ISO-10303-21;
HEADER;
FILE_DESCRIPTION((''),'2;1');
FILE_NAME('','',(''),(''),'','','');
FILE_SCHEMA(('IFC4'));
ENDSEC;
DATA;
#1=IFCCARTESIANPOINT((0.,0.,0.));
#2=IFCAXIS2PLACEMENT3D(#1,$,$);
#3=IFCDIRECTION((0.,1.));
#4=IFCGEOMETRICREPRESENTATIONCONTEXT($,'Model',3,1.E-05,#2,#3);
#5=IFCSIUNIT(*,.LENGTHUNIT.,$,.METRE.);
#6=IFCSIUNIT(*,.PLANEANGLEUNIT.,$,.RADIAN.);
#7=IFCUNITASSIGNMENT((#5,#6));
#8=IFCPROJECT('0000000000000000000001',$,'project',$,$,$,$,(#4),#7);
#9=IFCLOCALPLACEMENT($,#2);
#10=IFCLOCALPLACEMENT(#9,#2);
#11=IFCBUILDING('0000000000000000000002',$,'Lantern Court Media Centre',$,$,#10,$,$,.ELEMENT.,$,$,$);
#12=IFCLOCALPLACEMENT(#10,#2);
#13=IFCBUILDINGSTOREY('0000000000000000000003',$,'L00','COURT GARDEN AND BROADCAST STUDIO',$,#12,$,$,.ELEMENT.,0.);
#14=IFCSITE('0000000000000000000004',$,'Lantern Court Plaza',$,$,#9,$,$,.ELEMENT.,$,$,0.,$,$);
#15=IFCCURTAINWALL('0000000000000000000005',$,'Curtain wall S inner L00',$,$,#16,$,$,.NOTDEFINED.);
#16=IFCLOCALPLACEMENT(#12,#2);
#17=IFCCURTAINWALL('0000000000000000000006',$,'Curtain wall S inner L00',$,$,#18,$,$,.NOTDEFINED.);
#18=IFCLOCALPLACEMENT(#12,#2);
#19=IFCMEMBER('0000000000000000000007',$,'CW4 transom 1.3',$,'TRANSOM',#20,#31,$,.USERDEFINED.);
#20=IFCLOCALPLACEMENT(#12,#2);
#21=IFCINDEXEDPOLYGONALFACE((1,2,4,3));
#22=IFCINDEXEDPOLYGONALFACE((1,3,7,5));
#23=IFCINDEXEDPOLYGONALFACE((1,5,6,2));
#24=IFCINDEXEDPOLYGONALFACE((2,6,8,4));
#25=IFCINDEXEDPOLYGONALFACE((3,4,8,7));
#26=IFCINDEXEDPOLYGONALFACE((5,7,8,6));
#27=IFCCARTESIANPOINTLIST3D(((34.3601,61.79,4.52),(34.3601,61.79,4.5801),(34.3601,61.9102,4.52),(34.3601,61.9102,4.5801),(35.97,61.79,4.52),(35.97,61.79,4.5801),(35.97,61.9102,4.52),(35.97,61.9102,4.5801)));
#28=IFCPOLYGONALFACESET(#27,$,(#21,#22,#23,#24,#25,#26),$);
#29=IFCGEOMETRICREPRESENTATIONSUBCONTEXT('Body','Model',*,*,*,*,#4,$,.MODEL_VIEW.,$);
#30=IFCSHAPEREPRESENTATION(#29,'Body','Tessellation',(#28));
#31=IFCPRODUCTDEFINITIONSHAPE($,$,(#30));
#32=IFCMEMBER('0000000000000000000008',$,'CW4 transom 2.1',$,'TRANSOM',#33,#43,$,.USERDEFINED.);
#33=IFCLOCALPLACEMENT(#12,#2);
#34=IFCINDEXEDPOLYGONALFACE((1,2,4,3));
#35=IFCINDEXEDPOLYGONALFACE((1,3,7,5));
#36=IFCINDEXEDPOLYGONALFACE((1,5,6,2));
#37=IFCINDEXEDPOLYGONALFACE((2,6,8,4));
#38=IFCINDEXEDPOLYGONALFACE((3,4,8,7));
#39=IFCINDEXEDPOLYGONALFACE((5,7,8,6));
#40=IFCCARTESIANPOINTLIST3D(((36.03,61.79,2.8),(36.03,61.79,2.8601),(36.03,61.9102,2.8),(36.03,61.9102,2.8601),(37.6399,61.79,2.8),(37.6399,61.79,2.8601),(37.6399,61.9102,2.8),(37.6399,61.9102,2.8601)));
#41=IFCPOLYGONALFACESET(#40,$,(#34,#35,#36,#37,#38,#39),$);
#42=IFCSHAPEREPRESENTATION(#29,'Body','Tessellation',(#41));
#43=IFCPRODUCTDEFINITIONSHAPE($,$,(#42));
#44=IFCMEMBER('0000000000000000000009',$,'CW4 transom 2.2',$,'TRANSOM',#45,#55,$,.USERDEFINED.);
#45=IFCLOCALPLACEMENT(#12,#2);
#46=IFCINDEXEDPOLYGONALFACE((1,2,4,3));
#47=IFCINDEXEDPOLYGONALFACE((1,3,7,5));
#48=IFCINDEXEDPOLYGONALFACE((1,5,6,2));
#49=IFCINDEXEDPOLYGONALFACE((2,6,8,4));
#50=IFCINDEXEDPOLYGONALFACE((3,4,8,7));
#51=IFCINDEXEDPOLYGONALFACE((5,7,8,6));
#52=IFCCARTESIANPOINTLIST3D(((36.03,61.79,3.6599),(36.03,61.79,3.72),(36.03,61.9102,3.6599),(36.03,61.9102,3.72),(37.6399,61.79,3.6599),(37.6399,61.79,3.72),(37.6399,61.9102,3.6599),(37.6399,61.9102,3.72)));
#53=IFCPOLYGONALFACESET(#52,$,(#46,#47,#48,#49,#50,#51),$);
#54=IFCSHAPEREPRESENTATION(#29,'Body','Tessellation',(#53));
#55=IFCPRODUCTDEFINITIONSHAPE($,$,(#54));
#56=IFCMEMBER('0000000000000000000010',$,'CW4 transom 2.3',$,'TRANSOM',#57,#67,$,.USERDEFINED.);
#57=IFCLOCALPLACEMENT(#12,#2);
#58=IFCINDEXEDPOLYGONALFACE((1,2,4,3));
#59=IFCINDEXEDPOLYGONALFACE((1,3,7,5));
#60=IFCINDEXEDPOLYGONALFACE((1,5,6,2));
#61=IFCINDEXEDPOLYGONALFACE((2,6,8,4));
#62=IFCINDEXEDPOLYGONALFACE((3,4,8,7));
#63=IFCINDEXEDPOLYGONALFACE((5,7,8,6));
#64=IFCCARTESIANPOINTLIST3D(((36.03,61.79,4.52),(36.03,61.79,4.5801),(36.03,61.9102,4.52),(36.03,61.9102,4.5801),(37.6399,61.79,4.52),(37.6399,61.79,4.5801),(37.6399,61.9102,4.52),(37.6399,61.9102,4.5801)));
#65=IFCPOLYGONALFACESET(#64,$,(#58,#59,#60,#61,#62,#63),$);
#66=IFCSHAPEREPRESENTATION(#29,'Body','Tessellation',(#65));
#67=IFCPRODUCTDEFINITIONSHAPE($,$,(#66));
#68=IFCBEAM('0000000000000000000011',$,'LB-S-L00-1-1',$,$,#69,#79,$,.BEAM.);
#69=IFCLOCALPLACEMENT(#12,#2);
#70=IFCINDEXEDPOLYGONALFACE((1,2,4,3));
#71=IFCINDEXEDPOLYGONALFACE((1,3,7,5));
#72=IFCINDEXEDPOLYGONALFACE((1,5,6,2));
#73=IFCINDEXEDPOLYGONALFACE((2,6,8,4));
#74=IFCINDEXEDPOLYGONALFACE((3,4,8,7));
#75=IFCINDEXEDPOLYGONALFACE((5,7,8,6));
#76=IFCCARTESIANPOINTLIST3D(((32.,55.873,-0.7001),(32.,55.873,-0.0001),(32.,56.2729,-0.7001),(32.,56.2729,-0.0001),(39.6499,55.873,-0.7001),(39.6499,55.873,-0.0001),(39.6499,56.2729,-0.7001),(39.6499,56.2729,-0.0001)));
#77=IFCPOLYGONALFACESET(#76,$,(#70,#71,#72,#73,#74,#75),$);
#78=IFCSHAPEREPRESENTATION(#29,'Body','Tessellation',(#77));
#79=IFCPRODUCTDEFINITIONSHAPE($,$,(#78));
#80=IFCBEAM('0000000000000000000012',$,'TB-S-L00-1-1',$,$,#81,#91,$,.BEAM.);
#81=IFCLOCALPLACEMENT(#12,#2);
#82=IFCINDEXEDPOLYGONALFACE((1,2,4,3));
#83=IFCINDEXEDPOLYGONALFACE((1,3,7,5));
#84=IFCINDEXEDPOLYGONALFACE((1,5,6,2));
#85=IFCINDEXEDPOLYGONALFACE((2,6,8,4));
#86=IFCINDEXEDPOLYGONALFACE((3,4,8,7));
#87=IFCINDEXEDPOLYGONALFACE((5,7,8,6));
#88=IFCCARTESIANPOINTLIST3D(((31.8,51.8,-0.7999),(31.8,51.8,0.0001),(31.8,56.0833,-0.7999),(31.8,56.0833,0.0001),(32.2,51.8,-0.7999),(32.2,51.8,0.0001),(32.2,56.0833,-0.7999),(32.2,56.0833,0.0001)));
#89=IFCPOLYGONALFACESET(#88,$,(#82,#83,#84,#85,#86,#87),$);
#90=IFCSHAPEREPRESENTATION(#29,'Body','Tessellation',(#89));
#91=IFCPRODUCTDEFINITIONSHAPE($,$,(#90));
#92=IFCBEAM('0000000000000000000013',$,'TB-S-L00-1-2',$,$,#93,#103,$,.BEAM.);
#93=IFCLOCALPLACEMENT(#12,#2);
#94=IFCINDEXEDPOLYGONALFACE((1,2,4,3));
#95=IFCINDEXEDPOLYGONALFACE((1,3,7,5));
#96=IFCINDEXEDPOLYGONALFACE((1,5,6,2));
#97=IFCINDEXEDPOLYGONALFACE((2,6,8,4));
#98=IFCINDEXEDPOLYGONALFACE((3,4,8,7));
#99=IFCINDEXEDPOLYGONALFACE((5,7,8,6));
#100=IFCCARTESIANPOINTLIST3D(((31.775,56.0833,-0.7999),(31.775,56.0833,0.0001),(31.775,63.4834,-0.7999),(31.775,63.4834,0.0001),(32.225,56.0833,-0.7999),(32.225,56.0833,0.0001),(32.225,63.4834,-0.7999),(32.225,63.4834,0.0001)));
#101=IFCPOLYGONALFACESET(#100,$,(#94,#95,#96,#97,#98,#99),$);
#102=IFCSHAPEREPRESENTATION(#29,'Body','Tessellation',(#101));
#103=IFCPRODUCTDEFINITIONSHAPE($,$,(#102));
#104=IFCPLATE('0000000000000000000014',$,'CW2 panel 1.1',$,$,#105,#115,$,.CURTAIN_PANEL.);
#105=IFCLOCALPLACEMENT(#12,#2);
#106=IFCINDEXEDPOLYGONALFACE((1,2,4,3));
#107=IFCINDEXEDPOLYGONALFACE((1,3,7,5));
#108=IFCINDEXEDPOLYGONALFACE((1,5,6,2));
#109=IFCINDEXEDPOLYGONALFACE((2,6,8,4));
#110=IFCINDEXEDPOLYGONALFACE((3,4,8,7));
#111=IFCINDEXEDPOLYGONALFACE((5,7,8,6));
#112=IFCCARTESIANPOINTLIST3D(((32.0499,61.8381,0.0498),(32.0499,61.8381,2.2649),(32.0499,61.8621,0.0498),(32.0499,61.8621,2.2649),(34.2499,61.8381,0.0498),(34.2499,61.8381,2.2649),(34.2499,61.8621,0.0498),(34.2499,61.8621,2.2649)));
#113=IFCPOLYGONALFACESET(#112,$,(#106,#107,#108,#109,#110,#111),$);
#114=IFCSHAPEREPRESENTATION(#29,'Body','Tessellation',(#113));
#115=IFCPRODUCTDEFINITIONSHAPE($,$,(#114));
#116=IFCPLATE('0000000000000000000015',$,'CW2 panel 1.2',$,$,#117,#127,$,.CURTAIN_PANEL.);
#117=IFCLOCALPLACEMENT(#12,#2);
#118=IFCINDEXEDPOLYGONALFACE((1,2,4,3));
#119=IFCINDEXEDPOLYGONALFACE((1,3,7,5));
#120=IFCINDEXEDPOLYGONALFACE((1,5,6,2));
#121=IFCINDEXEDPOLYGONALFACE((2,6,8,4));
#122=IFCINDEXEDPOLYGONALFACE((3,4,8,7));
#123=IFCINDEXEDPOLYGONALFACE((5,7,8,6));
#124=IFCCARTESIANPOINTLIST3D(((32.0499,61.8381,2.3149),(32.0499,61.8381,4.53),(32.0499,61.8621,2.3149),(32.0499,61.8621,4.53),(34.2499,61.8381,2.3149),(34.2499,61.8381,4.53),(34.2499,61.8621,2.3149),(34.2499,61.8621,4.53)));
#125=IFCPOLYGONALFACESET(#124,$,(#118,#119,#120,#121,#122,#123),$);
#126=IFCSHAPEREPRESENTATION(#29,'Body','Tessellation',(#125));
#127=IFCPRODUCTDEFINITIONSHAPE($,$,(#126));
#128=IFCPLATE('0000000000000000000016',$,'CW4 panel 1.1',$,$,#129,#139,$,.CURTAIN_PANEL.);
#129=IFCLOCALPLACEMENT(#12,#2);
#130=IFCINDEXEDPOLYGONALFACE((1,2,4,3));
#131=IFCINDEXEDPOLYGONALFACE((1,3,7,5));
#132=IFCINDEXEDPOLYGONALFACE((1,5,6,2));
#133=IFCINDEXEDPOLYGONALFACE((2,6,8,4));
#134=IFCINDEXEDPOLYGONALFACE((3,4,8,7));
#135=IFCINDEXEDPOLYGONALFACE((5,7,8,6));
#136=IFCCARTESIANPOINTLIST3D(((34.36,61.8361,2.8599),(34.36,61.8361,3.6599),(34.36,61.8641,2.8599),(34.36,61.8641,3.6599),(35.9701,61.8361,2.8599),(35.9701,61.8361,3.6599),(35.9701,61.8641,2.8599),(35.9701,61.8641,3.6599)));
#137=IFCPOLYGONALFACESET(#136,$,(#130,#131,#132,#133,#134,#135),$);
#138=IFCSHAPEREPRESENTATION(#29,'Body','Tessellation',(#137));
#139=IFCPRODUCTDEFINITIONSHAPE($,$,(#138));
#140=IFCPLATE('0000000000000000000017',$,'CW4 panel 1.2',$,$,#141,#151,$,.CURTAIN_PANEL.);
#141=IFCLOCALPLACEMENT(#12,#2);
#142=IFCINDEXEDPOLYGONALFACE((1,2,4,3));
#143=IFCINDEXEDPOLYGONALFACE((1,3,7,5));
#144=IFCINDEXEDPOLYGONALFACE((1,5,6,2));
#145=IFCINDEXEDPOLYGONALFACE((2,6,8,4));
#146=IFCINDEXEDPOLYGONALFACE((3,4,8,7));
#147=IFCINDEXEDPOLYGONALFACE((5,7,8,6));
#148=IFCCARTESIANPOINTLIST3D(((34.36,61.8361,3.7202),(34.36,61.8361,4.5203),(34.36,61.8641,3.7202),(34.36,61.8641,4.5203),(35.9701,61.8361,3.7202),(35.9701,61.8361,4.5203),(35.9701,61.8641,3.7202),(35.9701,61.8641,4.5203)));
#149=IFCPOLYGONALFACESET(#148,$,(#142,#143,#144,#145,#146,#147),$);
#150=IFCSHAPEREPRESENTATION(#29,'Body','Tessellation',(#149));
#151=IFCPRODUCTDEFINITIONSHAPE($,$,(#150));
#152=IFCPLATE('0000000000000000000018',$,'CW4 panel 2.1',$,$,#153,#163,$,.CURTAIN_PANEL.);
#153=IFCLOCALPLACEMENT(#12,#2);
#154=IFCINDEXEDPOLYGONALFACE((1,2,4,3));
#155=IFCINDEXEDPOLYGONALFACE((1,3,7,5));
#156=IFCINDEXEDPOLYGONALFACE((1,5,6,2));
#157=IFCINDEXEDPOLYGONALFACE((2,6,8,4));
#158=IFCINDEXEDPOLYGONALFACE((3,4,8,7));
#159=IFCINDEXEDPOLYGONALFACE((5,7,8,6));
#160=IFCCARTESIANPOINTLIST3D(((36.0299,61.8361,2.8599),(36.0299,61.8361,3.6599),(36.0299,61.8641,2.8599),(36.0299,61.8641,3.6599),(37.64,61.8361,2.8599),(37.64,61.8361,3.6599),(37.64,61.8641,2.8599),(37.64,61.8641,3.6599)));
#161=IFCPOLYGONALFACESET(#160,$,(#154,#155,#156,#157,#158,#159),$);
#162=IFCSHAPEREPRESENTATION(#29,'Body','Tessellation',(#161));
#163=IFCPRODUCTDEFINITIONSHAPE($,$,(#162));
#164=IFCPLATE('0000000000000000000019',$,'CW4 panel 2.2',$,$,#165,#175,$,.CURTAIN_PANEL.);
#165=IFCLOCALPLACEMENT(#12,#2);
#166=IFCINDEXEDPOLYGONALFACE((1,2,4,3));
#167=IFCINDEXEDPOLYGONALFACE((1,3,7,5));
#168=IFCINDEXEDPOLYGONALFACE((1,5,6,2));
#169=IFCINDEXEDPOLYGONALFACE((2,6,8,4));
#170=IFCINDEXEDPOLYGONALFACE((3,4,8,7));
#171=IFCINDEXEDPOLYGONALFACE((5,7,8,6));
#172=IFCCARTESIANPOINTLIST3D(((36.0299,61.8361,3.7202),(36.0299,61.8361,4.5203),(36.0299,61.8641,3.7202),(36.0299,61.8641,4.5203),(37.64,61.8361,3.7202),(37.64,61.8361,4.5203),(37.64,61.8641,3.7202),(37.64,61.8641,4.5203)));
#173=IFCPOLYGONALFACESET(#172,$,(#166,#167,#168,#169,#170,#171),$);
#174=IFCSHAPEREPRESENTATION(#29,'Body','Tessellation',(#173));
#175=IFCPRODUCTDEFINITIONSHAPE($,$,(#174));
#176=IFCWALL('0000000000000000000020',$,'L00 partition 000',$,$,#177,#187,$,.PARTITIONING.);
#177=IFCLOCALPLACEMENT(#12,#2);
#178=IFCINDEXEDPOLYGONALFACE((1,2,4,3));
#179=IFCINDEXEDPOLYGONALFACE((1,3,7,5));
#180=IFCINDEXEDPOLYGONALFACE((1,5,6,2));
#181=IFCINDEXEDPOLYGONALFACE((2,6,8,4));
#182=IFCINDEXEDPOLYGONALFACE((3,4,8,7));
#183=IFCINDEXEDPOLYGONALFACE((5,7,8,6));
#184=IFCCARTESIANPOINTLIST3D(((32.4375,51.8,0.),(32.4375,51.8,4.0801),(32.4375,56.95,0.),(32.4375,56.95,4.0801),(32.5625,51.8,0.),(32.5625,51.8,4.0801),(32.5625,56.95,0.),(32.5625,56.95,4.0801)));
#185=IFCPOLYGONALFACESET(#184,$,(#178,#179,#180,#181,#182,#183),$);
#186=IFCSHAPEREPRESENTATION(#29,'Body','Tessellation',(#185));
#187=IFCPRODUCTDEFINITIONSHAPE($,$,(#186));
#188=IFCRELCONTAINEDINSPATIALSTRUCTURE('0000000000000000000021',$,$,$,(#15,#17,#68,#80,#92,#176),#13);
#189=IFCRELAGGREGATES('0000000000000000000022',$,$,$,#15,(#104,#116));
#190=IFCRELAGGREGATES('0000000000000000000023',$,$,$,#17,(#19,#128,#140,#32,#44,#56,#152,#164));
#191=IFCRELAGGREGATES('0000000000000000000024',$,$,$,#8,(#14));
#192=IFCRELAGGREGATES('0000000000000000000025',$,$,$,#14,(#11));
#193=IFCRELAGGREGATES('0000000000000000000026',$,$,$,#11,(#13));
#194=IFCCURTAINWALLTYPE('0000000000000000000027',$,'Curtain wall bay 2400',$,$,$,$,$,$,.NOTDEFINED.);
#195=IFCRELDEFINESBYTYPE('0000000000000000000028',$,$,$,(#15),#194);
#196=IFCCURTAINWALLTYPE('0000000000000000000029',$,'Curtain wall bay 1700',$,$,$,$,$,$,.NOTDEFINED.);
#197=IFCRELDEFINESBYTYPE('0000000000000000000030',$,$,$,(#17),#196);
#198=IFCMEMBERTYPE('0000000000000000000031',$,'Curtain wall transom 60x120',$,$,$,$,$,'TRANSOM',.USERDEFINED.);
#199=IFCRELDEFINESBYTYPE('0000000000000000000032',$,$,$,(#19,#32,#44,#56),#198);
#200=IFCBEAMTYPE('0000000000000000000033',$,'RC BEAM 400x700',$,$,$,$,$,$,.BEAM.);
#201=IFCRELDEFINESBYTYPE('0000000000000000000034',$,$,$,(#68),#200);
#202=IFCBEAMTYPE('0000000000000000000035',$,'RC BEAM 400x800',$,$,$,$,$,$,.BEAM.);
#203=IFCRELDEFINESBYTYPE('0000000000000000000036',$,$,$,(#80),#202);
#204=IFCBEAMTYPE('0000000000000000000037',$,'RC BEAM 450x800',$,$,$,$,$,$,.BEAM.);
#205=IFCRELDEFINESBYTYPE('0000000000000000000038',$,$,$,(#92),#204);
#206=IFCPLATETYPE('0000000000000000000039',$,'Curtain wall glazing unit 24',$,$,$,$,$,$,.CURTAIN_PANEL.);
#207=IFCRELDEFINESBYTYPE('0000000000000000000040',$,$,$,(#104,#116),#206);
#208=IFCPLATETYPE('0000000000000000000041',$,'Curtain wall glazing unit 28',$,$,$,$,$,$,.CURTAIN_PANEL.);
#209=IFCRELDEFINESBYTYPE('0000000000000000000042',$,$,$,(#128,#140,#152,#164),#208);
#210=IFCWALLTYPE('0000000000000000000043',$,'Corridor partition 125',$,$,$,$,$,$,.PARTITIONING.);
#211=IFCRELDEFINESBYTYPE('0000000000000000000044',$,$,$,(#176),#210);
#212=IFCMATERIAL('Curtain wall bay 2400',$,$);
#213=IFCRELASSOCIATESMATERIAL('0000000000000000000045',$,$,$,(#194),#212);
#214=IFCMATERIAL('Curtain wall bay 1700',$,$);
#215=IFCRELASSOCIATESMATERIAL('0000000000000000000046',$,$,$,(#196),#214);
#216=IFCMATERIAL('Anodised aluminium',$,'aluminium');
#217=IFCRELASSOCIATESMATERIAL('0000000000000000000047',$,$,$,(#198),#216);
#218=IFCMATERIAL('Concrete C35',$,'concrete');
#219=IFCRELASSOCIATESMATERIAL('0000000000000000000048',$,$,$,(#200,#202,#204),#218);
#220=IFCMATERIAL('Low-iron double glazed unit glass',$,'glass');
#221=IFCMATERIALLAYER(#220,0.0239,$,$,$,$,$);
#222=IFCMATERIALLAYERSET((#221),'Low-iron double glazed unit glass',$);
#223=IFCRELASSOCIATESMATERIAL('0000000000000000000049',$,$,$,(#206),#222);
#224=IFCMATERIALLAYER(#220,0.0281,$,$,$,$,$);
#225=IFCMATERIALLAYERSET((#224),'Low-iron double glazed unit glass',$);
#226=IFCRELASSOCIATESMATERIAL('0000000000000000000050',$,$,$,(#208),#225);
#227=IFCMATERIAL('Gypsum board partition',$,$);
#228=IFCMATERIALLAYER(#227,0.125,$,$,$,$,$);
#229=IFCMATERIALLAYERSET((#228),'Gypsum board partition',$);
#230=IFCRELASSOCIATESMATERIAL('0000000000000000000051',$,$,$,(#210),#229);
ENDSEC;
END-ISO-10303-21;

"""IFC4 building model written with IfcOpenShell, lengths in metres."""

from ifc_helpers import new_model, si_unit, direction, frame, frame_2d, origin, origin_2d, place, context, subcontext, project, spatial, rectangle, extrude, material, layer, layer_set, material_profile, profile_set, type_object, element, aggregate, save


model = new_model("IFC4")

# Units and contexts
model_context = context("Model", 3, precision=1e-05, world=origin(), true_north=direction((0.0, 1.0)))
body_context = subcontext(model_context, "Body", "Model", "MODEL_VIEW")
ifc_project = project(units=[si_unit("LENGTHUNIT", "METRE"), si_unit("PLANEANGLEUNIT", "RADIAN")], contexts=[model_context])

# Site, building, storey
site_placement = place(None, origin())
site = spatial("IfcSite", under=ifc_project, at=site_placement, Name="Lantern Court Plaza", CompositionType="ELEMENT", RefElevation=0.0)
building_placement = place(site_placement, origin())
building = spatial("IfcBuilding", under=site, at=building_placement, Name="Lantern Court Media Centre", CompositionType="ELEMENT")
storey_placement = place(building_placement, origin())
storey = spatial("IfcBuildingStorey", under=building, at=storey_placement, Name="L00", Description="COURT GARDEN AND BROADCAST STUDIO", CompositionType="ELEMENT", Elevation=0.0)

# Shared definitions
ifc_material_1 = material(Name="Concrete C35", Category="concrete")

# Curtain wall
ifc_material_2 = material(Name="Curtain wall bay 2400")
curtain_wall_type_1 = type_object("IfcCurtainWallType", Name="Curtain wall bay 2400", PredefinedType="NOTDEFINED", material=ifc_material_2)
curtain_wall_1_placement = place(storey_placement, origin())
curtain_wall_1 = element("IfcCurtainWall", 1, at=curtain_wall_1_placement, inside=storey, type_object=curtain_wall_type_1, Name="Curtain wall S inner L00", PredefinedType="NOTDEFINED")
ifc_material_3 = material(Name="Anodised aluminium", Category="aluminium")

# Curtain wall
ifc_material_4 = material(Name="Curtain wall bay 1700")
curtain_wall_type_2 = type_object("IfcCurtainWallType", Name="Curtain wall bay 1700", PredefinedType="NOTDEFINED", material=ifc_material_4)
curtain_wall_2_placement = place(storey_placement, origin())
curtain_wall_2 = element("IfcCurtainWall", 2, at=curtain_wall_2_placement, inside=storey, type_object=curtain_wall_type_2, Name="Curtain wall S inner L00", PredefinedType="NOTDEFINED")

# Members
ifc_material_profile_1 = material_profile(ifc_material_3, rectangle(XDim=0.1201, YDim=0.0601, at=origin_2d()), Name="AL 60x120")
ifc_profile_set_1 = profile_set([ifc_material_profile_1], Name="Anodised aluminium")
member_type_1 = type_object("IfcMemberType", Name="Curtain wall transom 60x120", ElementType="TRANSOM", PredefinedType="USERDEFINED", material=ifc_profile_set_1)
member_1_placement = place(storey_placement, frame((34.3601, 61.8501, 4.55), z_axis=(1.0, 0.0, 0.0), x_axis=(0.0, 1.0, 0.0)))
member_1 = element("IfcMember", 3, at=member_1_placement, type_object=member_type_1, Name="CW4 transom 1.3", ObjectType="TRANSOM", PredefinedType="USERDEFINED", context=body_context, shape_type="SweptSolid", body=[
    extrude(rectangle(XDim=0.1201, YDim=0.0601, at=origin_2d()), origin(), (0.0, 0.0, 1.0), 1.6099),
])
member_2_placement = place(storey_placement, frame((36.03, 61.8501, 2.8301), z_axis=(1.0, 0.0, 0.0), x_axis=(0.0, 1.0, 0.0)))
member_2 = element("IfcMember", 4, at=member_2_placement, type_object=member_type_1, Name="CW4 transom 2.1", ObjectType="TRANSOM", PredefinedType="USERDEFINED", context=body_context, shape_type="SweptSolid", body=[
    extrude(rectangle(XDim=0.1201, YDim=0.0601, at=origin_2d()), origin(), (0.0, 0.0, 1.0), 1.6099),
])
member_3_placement = place(storey_placement, frame((36.03, 61.8501, 3.6899), z_axis=(1.0, 0.0, 0.0), x_axis=(0.0, 1.0, 0.0)))
member_3 = element("IfcMember", 5, at=member_3_placement, type_object=member_type_1, Name="CW4 transom 2.2", ObjectType="TRANSOM", PredefinedType="USERDEFINED", context=body_context, shape_type="SweptSolid", body=[
    extrude(rectangle(XDim=0.1201, YDim=0.0601, at=origin_2d()), origin(), (0.0, 0.0, 1.0), 1.6099),
])
member_4_placement = place(storey_placement, frame((36.03, 61.8501, 4.55), z_axis=(1.0, 0.0, 0.0), x_axis=(0.0, 1.0, 0.0)))
member_4 = element("IfcMember", 6, at=member_4_placement, type_object=member_type_1, Name="CW4 transom 2.3", ObjectType="TRANSOM", PredefinedType="USERDEFINED", context=body_context, shape_type="SweptSolid", body=[
    extrude(rectangle(XDim=0.1201, YDim=0.0601, at=origin_2d()), origin(), (0.0, 0.0, 1.0), 1.6099),
])

# Beams
ifc_material_profile_2 = material_profile(ifc_material_1, rectangle(XDim=0.3999, YDim=0.7, at=origin_2d()), Name="RC 400x700")
ifc_profile_set_2 = profile_set([ifc_material_profile_2], Name="Concrete C35")
beam_type_1 = type_object("IfcBeamType", Name="RC BEAM 400x700", PredefinedType="BEAM", material=ifc_profile_set_2)
beam_1_placement = place(storey_placement, frame((32.0, 56.073, -0.3501), z_axis=(1.0, 0.0, 0.0), x_axis=(0.0, 1.0, 0.0)))
element("IfcBeam", 7, at=beam_1_placement, inside=storey, type_object=beam_type_1, Name="LB-S-L00-1-1", PredefinedType="BEAM", context=body_context, shape_type="SweptSolid", body=[
    extrude(rectangle(XDim=0.3999, YDim=0.7, at=origin_2d()), origin(), (0.0, 0.0, 1.0), 7.6499),
])
ifc_material_profile_3 = material_profile(ifc_material_1, rectangle(XDim=0.3999, YDim=0.8, at=origin_2d()), Name="RC 400x800")
ifc_profile_set_3 = profile_set([ifc_material_profile_3], Name="Concrete C35")
beam_type_2 = type_object("IfcBeamType", Name="RC BEAM 400x800", PredefinedType="BEAM", material=ifc_profile_set_3)
beam_2_placement = place(storey_placement, frame((32.0, 51.8, -0.3999), z_axis=(0.0, 1.0, 0.0), x_axis=(-1.0, 0.0, 0.0)))
element("IfcBeam", 8, at=beam_2_placement, inside=storey, type_object=beam_type_2, Name="TB-S-L00-1-1", PredefinedType="BEAM", context=body_context, shape_type="SweptSolid", body=[
    extrude(rectangle(XDim=0.3999, YDim=0.8, at=origin_2d()), origin(), (0.0, 0.0, 1.0), 4.2832),
])
ifc_material_profile_4 = material_profile(ifc_material_1, rectangle(XDim=0.45, YDim=0.8, at=origin_2d()), Name="RC 450x800")
ifc_profile_set_4 = profile_set([ifc_material_profile_4], Name="Concrete C35")
beam_type_3 = type_object("IfcBeamType", Name="RC BEAM 450x800", PredefinedType="BEAM", material=ifc_profile_set_4)
beam_3_placement = place(storey_placement, frame((32.0, 56.0833, -0.3999), z_axis=(0.0, 1.0, 0.0), x_axis=(-1.0, 0.0, 0.0)))
element("IfcBeam", 9, at=beam_3_placement, inside=storey, type_object=beam_type_3, Name="TB-S-L00-1-2", PredefinedType="BEAM", context=body_context, shape_type="SweptSolid", body=[
    extrude(rectangle(XDim=0.45, YDim=0.8, at=origin_2d()), origin(), (0.0, 0.0, 1.0), 7.4001),
])

# Plates
ifc_material_5 = material(Name="Low-iron double glazed unit glass", Category="glass")
ifc_layer_1 = layer(ifc_material_5, 0.0239)
ifc_layer_set_1 = layer_set([ifc_layer_1], Name="Low-iron double glazed unit glass")
plate_type_1 = type_object("IfcPlateType", Name="Curtain wall glazing unit 24", PredefinedType="CURTAIN_PANEL", material=ifc_layer_set_1)
plate_1_placement = place(storey_placement, frame((33.1499, 61.8501, 0.0498), z_axis=(0.0, 0.0, 1.0), x_axis=(1.0, 0.0, 0.0)))
plate_1 = element("IfcPlate", 10, at=plate_1_placement, type_object=plate_type_1, Name="CW2 panel 1.1", PredefinedType="CURTAIN_PANEL", context=body_context, shape_type="SweptSolid", body=[
    extrude(rectangle(XDim=2.2, YDim=0.0239, at=origin_2d()), origin(), (0.0, 0.0, 1.0), 2.2151),
])
plate_2_placement = place(storey_placement, frame((33.1499, 61.8501, 2.3149), z_axis=(0.0, 0.0, 1.0), x_axis=(1.0, 0.0, 0.0)))
plate_2 = element("IfcPlate", 11, at=plate_2_placement, type_object=plate_type_1, Name="CW2 panel 1.2", PredefinedType="CURTAIN_PANEL", context=body_context, shape_type="SweptSolid", body=[
    extrude(rectangle(XDim=2.2, YDim=0.0239, at=origin_2d()), origin(), (0.0, 0.0, 1.0), 2.2151),
])
aggregate(curtain_wall_1, [plate_1, plate_2])
ifc_layer_2 = layer(ifc_material_5, 0.0281)
ifc_layer_set_2 = layer_set([ifc_layer_2], Name="Low-iron double glazed unit glass")
plate_type_2 = type_object("IfcPlateType", Name="Curtain wall glazing unit 28", PredefinedType="CURTAIN_PANEL", material=ifc_layer_set_2)
plate_3_placement = place(storey_placement, frame((35.165, 61.8501, 2.8599), z_axis=(0.0, 0.0, 1.0), x_axis=(1.0, 0.0, 0.0)))
plate_3 = element("IfcPlate", 12, at=plate_3_placement, type_object=plate_type_2, Name="CW4 panel 1.1", PredefinedType="CURTAIN_PANEL", context=body_context, shape_type="SweptSolid", body=[
    extrude(rectangle(XDim=1.6101, YDim=0.0281, at=origin_2d()), origin(), (0.0, 0.0, 1.0), 0.8),
])
plate_4_placement = place(storey_placement, frame((35.165, 61.8501, 3.7202), z_axis=(0.0, 0.0, 1.0), x_axis=(1.0, 0.0, 0.0)))
plate_4 = element("IfcPlate", 13, at=plate_4_placement, type_object=plate_type_2, Name="CW4 panel 1.2", PredefinedType="CURTAIN_PANEL", context=body_context, shape_type="SweptSolid", body=[
    extrude(rectangle(XDim=1.6101, YDim=0.0281, at=origin_2d()), origin(), (0.0, 0.0, 1.0), 0.8),
])
plate_5_placement = place(storey_placement, frame((36.835, 61.8501, 2.8599), z_axis=(0.0, 0.0, 1.0), x_axis=(1.0, 0.0, 0.0)))
plate_5 = element("IfcPlate", 14, at=plate_5_placement, type_object=plate_type_2, Name="CW4 panel 2.1", PredefinedType="CURTAIN_PANEL", context=body_context, shape_type="SweptSolid", body=[
    extrude(rectangle(XDim=1.6101, YDim=0.0281, at=origin_2d()), origin(), (0.0, 0.0, 1.0), 0.8),
])
plate_6_placement = place(storey_placement, frame((36.835, 61.8501, 3.7202), z_axis=(0.0, 0.0, 1.0), x_axis=(1.0, 0.0, 0.0)))
plate_6 = element("IfcPlate", 15, at=plate_6_placement, type_object=plate_type_2, Name="CW4 panel 2.2", PredefinedType="CURTAIN_PANEL", context=body_context, shape_type="SweptSolid", body=[
    extrude(rectangle(XDim=1.6101, YDim=0.0281, at=origin_2d()), origin(), (0.0, 0.0, 1.0), 0.8),
])
aggregate(curtain_wall_2, [member_1, plate_3, plate_4, member_2, member_3, member_4, plate_5, plate_6])

# Wall
ifc_material_6 = material(Name="Gypsum board partition")
ifc_layer_3 = layer(ifc_material_6, 0.125)
ifc_layer_set_3 = layer_set([ifc_layer_3], Name="Gypsum board partition")
wall_type_1 = type_object("IfcWallType", Name="Corridor partition 125", PredefinedType="PARTITIONING", material=ifc_layer_set_3)
wall_1_placement = place(storey_placement, frame((32.5, 51.8, 0.0), z_axis=(0.0, 0.0, 1.0), x_axis=(0.0, 1.0, 0.0)))
element("IfcWall", 16, at=wall_1_placement, inside=storey, type_object=wall_type_1, Name="L00 partition 000", PredefinedType="PARTITIONING", context=body_context, shape_type="SweptSolid", body=[
    extrude(rectangle(XDim=5.1499, YDim=0.125, at=frame_2d((2.575, 0.0))), origin(), (0.0, 0.0, 1.0), 4.0801),
])

save(model, "model.ifc")
